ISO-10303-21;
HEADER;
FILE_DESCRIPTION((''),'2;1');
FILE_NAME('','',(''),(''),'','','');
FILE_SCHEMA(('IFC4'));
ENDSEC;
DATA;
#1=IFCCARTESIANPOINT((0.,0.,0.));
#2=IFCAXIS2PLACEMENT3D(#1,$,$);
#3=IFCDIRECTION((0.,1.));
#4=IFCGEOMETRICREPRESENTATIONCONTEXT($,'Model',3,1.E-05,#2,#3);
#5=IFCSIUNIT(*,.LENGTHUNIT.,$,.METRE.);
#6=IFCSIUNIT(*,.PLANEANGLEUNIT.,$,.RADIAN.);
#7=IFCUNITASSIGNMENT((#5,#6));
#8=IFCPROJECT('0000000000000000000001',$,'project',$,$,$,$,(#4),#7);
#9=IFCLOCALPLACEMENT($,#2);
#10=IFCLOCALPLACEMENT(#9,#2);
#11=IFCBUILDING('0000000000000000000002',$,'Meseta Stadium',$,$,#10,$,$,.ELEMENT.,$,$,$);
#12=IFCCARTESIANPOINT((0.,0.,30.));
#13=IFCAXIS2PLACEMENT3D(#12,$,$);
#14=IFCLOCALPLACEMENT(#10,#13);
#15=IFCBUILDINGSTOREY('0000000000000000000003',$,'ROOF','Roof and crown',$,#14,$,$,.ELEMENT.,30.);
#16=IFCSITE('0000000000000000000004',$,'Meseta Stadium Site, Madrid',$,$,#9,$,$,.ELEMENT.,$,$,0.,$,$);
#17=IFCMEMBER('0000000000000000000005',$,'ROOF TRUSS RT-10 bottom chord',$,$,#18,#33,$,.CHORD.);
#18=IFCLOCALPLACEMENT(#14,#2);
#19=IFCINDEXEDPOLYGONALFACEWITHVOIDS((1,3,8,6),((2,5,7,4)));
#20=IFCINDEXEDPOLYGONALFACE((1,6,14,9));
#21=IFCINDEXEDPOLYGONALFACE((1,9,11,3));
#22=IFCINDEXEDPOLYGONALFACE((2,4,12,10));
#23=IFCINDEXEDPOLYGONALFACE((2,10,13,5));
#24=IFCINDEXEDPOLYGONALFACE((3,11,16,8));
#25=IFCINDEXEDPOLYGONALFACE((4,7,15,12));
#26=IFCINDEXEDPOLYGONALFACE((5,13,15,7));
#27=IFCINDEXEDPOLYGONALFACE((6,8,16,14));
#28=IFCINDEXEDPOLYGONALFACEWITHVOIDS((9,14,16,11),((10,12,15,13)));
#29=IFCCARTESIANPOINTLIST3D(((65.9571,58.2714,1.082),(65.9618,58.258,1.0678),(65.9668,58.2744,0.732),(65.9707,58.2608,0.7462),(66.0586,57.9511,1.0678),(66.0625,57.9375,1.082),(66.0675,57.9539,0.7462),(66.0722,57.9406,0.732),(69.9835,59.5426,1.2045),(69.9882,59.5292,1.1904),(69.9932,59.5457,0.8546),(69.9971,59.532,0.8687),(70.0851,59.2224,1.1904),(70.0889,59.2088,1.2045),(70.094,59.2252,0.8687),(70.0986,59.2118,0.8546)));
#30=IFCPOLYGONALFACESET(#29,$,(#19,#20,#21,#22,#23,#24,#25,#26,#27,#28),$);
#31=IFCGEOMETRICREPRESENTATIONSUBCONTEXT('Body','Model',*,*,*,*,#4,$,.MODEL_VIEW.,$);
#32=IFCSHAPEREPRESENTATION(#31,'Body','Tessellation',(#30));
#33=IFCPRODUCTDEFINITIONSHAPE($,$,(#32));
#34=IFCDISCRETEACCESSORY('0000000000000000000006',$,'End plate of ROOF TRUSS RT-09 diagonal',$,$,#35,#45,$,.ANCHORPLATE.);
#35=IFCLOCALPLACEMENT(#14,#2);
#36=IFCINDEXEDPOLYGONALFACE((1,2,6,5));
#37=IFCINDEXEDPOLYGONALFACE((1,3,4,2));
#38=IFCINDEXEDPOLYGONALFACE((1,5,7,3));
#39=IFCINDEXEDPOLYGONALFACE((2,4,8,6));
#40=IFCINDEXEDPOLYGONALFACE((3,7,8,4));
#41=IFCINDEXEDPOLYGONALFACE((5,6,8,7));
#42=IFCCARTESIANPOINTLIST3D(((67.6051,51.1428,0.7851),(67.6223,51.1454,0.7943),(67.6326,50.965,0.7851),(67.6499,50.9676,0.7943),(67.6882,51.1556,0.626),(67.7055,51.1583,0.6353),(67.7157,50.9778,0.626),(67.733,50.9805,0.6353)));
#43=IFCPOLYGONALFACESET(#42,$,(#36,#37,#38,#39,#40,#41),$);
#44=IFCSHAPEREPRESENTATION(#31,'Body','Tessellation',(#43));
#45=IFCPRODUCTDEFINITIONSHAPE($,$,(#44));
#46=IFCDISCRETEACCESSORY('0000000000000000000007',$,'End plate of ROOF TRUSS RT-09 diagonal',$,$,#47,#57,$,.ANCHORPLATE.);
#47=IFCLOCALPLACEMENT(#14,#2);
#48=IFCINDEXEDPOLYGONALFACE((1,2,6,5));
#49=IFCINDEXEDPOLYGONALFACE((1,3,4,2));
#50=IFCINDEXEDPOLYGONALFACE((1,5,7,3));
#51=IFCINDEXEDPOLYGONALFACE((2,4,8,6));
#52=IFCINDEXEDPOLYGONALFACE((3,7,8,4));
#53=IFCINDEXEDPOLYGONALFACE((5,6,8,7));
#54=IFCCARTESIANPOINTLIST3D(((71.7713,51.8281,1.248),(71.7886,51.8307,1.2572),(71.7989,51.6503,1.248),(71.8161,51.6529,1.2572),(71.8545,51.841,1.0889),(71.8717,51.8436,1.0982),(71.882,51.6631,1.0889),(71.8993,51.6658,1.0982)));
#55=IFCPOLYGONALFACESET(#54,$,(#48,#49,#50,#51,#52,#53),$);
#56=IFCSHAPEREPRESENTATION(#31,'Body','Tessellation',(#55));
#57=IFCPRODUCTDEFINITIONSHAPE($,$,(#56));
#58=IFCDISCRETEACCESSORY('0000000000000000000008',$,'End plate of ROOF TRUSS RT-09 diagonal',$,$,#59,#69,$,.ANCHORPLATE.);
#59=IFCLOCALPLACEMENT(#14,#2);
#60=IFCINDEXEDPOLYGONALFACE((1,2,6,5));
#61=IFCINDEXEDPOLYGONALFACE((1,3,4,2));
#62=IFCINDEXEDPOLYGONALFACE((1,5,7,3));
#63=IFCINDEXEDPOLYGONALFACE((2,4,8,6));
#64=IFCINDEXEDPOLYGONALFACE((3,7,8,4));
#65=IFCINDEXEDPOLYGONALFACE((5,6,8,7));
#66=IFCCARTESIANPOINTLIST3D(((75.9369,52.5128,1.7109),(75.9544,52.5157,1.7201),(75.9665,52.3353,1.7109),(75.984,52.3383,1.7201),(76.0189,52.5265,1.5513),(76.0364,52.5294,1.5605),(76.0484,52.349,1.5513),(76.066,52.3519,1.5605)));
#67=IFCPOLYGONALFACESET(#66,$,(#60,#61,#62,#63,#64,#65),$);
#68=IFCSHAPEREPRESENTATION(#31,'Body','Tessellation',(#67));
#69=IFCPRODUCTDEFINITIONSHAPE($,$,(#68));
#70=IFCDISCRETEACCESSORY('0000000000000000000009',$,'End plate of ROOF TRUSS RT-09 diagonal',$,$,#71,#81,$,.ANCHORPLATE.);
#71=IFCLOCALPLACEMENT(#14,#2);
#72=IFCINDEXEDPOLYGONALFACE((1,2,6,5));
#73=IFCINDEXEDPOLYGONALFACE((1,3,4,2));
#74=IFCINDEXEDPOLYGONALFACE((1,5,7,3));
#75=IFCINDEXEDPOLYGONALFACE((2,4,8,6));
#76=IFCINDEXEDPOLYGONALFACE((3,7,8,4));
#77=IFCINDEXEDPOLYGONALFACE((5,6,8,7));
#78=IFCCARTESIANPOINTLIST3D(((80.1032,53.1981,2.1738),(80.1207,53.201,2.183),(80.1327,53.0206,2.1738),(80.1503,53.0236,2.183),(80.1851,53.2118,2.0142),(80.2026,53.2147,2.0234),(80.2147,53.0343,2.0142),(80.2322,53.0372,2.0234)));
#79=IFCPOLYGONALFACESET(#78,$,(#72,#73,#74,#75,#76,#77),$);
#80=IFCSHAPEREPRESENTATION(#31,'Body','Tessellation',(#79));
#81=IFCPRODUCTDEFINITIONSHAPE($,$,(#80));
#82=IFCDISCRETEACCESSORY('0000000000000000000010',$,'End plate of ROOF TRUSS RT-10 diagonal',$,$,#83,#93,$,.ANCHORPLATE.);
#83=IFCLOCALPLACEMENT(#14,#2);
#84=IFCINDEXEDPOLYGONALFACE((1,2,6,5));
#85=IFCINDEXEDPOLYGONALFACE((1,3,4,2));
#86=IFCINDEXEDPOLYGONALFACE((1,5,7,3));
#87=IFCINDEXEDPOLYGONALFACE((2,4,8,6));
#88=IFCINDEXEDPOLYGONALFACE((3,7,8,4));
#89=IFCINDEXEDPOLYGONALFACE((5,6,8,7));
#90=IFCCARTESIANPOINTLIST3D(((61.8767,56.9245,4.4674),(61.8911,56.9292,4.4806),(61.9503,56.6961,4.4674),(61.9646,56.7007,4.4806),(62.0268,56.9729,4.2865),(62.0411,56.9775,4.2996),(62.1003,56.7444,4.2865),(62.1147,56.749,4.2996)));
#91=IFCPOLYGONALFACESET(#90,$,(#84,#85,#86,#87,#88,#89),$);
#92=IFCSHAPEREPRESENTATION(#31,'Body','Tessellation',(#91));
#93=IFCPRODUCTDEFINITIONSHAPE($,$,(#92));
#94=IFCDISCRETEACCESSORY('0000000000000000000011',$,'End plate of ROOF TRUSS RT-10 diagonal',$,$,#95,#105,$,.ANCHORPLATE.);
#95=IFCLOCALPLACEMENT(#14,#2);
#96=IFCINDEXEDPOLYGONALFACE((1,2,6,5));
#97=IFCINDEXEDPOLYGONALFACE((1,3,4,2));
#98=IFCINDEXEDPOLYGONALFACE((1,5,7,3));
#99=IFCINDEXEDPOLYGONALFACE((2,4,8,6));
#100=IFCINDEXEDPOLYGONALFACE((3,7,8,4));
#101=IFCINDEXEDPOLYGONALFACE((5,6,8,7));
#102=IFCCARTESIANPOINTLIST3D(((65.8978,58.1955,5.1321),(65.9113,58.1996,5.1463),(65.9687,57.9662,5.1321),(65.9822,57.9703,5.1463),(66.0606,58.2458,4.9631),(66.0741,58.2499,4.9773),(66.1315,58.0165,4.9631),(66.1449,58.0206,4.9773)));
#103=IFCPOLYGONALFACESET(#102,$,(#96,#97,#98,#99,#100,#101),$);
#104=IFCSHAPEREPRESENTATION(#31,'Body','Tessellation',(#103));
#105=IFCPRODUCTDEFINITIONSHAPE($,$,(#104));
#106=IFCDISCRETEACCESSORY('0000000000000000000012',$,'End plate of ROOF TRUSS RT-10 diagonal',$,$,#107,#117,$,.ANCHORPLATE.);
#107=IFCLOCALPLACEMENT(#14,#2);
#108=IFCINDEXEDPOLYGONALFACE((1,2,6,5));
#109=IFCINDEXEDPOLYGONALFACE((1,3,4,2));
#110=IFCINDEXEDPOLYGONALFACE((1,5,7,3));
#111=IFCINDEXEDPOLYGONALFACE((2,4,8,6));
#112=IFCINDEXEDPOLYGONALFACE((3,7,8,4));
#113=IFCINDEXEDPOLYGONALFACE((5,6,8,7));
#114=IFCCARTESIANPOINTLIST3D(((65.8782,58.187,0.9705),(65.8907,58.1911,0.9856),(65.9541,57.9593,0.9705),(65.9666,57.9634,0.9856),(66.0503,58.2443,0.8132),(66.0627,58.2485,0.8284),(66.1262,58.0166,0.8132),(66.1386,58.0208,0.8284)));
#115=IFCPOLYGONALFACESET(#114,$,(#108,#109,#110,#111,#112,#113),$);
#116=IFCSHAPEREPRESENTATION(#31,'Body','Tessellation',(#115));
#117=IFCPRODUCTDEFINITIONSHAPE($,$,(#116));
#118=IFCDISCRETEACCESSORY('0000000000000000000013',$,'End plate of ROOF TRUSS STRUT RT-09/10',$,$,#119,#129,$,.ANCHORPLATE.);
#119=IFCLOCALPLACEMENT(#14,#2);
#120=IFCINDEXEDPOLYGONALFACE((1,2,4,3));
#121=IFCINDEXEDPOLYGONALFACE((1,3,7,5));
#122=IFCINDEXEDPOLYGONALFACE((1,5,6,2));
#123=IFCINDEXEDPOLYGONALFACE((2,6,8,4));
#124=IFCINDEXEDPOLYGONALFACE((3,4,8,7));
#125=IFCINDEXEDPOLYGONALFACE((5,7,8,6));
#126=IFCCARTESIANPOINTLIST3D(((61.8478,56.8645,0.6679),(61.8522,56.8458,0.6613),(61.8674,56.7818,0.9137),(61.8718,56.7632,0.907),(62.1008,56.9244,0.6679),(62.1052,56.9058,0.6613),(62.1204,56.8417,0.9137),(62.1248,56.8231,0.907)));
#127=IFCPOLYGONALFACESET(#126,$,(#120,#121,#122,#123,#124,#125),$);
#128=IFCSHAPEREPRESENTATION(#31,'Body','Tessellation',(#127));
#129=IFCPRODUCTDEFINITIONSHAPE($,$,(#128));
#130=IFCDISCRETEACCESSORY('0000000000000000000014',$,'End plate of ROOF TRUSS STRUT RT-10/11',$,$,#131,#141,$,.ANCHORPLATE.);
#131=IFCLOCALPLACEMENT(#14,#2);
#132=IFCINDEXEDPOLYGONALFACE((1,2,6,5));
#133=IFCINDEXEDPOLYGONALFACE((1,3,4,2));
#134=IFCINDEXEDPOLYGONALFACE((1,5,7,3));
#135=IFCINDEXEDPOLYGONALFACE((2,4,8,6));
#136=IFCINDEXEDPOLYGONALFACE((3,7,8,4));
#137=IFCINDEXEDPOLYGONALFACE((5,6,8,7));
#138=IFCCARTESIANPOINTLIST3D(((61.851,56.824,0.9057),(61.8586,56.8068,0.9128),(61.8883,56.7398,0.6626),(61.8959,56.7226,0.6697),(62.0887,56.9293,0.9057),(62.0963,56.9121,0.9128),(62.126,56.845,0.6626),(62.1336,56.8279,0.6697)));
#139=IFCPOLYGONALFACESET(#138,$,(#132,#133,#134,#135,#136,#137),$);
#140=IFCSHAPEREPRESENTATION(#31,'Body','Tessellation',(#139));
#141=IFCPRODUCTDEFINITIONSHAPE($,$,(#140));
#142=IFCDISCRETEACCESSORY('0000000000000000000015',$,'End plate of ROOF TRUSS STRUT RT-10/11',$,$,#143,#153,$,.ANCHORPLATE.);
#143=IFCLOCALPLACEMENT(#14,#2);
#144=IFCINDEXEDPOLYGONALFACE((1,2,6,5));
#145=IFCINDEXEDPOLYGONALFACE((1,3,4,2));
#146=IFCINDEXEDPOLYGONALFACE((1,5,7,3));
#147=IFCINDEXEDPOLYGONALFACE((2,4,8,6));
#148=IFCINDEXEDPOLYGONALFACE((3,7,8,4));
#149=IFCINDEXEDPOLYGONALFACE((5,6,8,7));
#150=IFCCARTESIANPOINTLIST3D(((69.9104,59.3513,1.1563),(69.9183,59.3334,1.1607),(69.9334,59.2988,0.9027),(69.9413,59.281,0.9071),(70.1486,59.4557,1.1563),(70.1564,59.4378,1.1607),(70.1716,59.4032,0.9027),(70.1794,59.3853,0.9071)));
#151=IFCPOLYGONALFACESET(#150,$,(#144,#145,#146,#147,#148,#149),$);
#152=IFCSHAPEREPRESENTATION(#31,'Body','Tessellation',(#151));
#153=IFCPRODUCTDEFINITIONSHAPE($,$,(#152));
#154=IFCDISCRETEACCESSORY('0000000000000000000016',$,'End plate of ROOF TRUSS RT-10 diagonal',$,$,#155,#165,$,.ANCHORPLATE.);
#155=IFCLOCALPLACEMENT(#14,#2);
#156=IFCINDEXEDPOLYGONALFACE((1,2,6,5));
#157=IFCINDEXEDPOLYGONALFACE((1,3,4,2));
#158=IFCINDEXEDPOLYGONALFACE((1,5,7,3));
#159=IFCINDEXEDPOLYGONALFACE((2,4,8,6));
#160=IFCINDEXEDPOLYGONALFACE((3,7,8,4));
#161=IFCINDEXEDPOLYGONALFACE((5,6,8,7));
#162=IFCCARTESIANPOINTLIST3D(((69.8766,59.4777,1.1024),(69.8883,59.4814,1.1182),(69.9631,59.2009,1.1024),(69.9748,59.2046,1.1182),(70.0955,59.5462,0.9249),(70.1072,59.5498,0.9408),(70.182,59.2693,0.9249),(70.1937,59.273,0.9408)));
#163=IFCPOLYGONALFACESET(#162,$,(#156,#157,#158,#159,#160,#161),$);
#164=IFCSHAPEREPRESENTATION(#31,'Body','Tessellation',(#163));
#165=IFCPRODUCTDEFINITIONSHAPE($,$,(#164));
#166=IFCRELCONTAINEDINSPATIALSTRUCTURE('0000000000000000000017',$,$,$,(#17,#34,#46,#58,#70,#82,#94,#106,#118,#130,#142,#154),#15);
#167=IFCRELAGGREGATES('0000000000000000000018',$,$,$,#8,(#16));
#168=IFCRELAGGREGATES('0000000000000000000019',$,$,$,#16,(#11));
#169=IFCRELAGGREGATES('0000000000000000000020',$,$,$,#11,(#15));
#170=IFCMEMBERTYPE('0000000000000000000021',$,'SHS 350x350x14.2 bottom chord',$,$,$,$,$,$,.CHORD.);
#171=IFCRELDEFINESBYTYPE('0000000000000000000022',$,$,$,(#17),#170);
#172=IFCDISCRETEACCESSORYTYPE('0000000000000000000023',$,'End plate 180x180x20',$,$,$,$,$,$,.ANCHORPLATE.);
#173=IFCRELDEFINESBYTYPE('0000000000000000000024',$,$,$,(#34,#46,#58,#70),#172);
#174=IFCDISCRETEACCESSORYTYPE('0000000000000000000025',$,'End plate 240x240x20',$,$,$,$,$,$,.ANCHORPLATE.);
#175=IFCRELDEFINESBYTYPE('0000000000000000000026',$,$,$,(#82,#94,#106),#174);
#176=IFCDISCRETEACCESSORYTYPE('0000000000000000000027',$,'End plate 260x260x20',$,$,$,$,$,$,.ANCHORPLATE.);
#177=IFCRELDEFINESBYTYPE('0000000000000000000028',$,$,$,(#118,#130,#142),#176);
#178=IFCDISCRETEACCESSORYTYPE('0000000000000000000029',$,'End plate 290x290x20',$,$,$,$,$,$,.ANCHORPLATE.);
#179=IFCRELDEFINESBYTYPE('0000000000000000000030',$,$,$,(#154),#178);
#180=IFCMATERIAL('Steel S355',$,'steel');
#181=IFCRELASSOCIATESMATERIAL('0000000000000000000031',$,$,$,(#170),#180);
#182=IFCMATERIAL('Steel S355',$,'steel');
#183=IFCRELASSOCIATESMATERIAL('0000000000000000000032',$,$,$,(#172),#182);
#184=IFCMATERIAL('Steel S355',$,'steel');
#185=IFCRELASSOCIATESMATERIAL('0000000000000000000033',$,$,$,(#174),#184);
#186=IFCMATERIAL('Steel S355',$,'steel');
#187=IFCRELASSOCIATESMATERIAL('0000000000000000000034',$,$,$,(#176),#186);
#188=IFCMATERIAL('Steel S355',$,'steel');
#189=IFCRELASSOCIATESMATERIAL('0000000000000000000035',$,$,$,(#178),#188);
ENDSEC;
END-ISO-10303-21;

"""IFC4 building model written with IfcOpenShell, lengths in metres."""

from ifc_helpers import new_model, si_unit, direction, frame, origin, origin_2d, place, context, subcontext, project, spatial, rectangle, hollow_rectangle, extrude, material, material_profile, profile_set, type_object, element, save


model = new_model("IFC4")

# Units and contexts
model_context = context("Model", 3, precision=1e-05, world=origin(), true_north=direction((0.0, 1.0)))
body_context = subcontext(model_context, "Body", "Model", "MODEL_VIEW")
ifc_project = project(units=[si_unit("LENGTHUNIT", "METRE"), si_unit("PLANEANGLEUNIT", "RADIAN")], contexts=[model_context])

# Site, building, storey
site_placement = place(None, origin())
site = spatial("IfcSite", under=ifc_project, at=site_placement, Name="Meseta Stadium Site, Madrid", CompositionType="ELEMENT", RefElevation=0.0)
building_placement = place(site_placement, origin())
building = spatial("IfcBuilding", under=site, at=building_placement, Name="Meseta Stadium", CompositionType="ELEMENT")
storey_placement = place(building_placement, frame((0.0, 0.0, 30.0)))
storey = spatial("IfcBuildingStorey", under=building, at=storey_placement, Name="ROOF", Description="Roof and crown", CompositionType="ELEMENT", Elevation=30.0)

# Member
ifc_material_1 = material(Name="Steel S355", Category="steel")
ifc_material_profile_1 = material_profile(ifc_material_1, hollow_rectangle(XDim=0.3501, YDim=0.3501, WallThickness=0.0142, at=origin_2d()), Name="SHS 350x350x14.2")
ifc_profile_set_1 = profile_set([ifc_material_profile_1], Name="Steel S355")
member_type_1 = type_object("IfcMemberType", Name="SHS 350x350x14.2 bottom chord", PredefinedType="CHORD", material=ifc_profile_set_1)
member_1_placement = place(storey_placement, frame((66.0146, 58.106, 0.907), z_axis=(0.953198, 0.300952, 0.029014), x_axis=(-0.301079, 0.953599, 0.0)))
element("IfcMember", 1, at=member_1_placement, inside=storey, type_object=member_type_1, Name="ROOF TRUSS RT-10 bottom chord", PredefinedType="CHORD", context=body_context, shape_type="SweptSolid", body=[
    extrude(hollow_rectangle(XDim=0.3501, YDim=0.3501, WallThickness=0.0142, at=origin_2d()), origin(), (0.0, 0.0, 1.0), 4.2241),
])

# Discrete accessories
ifc_material_2 = material(Name="Steel S355", Category="steel")
ifc_material_profile_2 = material_profile(ifc_material_2, rectangle(XDim=0.1799, YDim=0.1799, at=origin_2d()), Name="PL 180x180")
ifc_profile_set_2 = profile_set([ifc_material_profile_2], Name="Steel S355")
discrete_accessory_type_1 = type_object("IfcDiscreteAccessoryType", Name="End plate 180x180x20", PredefinedType="ANCHORPLATE", material=ifc_profile_set_2)
for number, where, z_axis, x_axis, name in (
    (2, (67.6604, 51.0603, 0.7056), (0.873553, 0.135339, 0.467535), (-0.153103, 0.98821, 0.0), "End plate of ROOF TRUSS RT-09 diagonal"),
    (3, (71.8267, 51.7456, 1.1685), (0.873553, 0.135339, 0.467535), (-0.153103, 0.98821, 0.0), "End plate of ROOF TRUSS RT-09 diagonal"),
):
    element("IfcDiscreteAccessory", number, at=place(storey_placement, frame(where, z_axis=z_axis, x_axis=x_axis)), inside=storey, type_object=discrete_accessory_type_1, Name=name, PredefinedType="ANCHORPLATE", context=body_context, shape_type="SweptSolid", body=[
        extrude(rectangle(XDim=0.1799, YDim=0.1799, at=origin_2d()), origin(), (0.0, 0.0, 1.0), 0.0198),
    ])
for number, where, z_axis, x_axis, name in (
    (4, (75.9927, 52.4309, 1.6311), (0.874931, 0.145822, 0.461769), (-0.164399, 0.986394, 0.0), "End plate of ROOF TRUSS RT-09 diagonal"),
    (5, (80.1589, 53.1162, 2.094), (0.874931, 0.145822, 0.461769), (-0.164399, 0.986394, 0.0), "End plate of ROOF TRUSS RT-09 diagonal"),
):
    element("IfcDiscreteAccessory", number, at=place(storey_placement, frame(where, z_axis=z_axis, x_axis=x_axis)), inside=storey, type_object=discrete_accessory_type_1, Name=name, PredefinedType="ANCHORPLATE", context=body_context, shape_type="SweptSolid", body=[
        extrude(rectangle(XDim=0.1799, YDim=0.1799, at=origin_2d()), origin(), (0.0, 0.0, 1.0), 0.02),
    ])
ifc_material_3 = material(Name="Steel S355", Category="steel")
ifc_material_profile_3 = material_profile(ifc_material_3, rectangle(XDim=0.24, YDim=0.24, at=origin_2d()), Name="PL 240x240")
ifc_profile_set_3 = profile_set([ifc_material_profile_3], Name="Steel S355")
discrete_accessory_type_2 = type_object("IfcDiscreteAccessoryType", Name="End plate 240x240x20", PredefinedType="ANCHORPLATE", material=ifc_profile_set_3)
for number, where, z_axis, x_axis, name in (
    (6, (61.9885, 56.8345, 4.377), (0.7177, 0.231124, 0.656878), (-0.306531, 0.951861, 0.0), "End plate of ROOF TRUSS RT-10 diagonal"),
    (7, (66.0146, 58.106, 5.0476), (0.673038, 0.20803, 0.709749), (-0.295306, 0.955403, 0.0), "End plate of ROOF TRUSS RT-10 diagonal"),
    (8, (66.0022, 58.1018, 0.8918), (0.621489, 0.207163, 0.755536), (-0.316228, 0.948683, 0.0), "End plate of ROOF TRUSS RT-10 diagonal"),
):
    element("IfcDiscreteAccessory", number, at=place(storey_placement, frame(where, z_axis=z_axis, x_axis=x_axis)), inside=storey, type_object=discrete_accessory_type_2, Name=name, PredefinedType="ANCHORPLATE", context=body_context, shape_type="SweptSolid", body=[
        extrude(rectangle(XDim=0.24, YDim=0.24, at=origin_2d()), origin(), (0.0, 0.0, 1.0), 0.02),
    ])
ifc_material_4 = material(Name="Steel S355", Category="steel")
ifc_material_profile_4 = material_profile(ifc_material_4, rectangle(XDim=0.26, YDim=0.26, at=origin_2d()), Name="PL 260x260")
ifc_profile_set_4 = profile_set([ifc_material_profile_4], Name="Steel S355")
discrete_accessory_type_3 = type_object("IfcDiscreteAccessoryType", Name="End plate 260x260x20", PredefinedType="ANCHORPLATE", material=ifc_profile_set_4)
discrete_accessory_1_placement = place(storey_placement, frame((61.9885, 56.8345, 0.7842), z_axis=(-0.217818, 0.919676, 0.326727), x_axis=(-0.97308, -0.230466, 0.0)))
element("IfcDiscreteAccessory", 9, at=discrete_accessory_1_placement, inside=storey, type_object=discrete_accessory_type_3, Name="End plate of ROOF TRUSS STRUT RT-09/10", PredefinedType="ANCHORPLATE", context=body_context, shape_type="SweptSolid", body=[
    extrude(rectangle(XDim=0.26, YDim=0.26, at=origin_2d()), origin(), (0.0, 0.0, 1.0), 0.0203),
])
for number, where, z_axis, x_axis, name in (
    (10, (61.9961, 56.8174, 0.7913), (-0.378669, 0.855058, -0.354239), (-0.914349, -0.404926, 0.0), "End plate of ROOF TRUSS STRUT RT-10/11"),
    (11, (70.0488, 59.3594, 1.0339), (-0.391615, 0.893372, -0.220283), (-0.915869, -0.401477, 0.0), "End plate of ROOF TRUSS STRUT RT-10/11"),
):
    element("IfcDiscreteAccessory", number, at=place(storey_placement, frame(where, z_axis=z_axis, x_axis=x_axis)), inside=storey, type_object=discrete_accessory_type_3, Name=name, PredefinedType="ANCHORPLATE", context=body_context, shape_type="SweptSolid", body=[
        extrude(rectangle(XDim=0.26, YDim=0.26, at=origin_2d()), origin(), (0.0, 0.0, 1.0), 0.02),
    ])
ifc_material_5 = material(Name="Steel S355", Category="steel")
ifc_material_profile_5 = material_profile(ifc_material_5, rectangle(XDim=0.29, YDim=0.29, at=origin_2d()), Name="PL 290x290")
ifc_profile_set_5 = profile_set([ifc_material_profile_5], Name="Steel S355")
discrete_accessory_type_4 = type_object("IfcDiscreteAccessoryType", Name="End plate 290x290x20", PredefinedType="ANCHORPLATE", material=ifc_profile_set_5)
discrete_accessory_2_placement = place(storey_placement, frame((70.0293, 59.3735, 1.0137), z_axis=(0.584064, 0.18252, 0.79092), x_axis=(-0.298275, 0.95448, 0.0)))
element("IfcDiscreteAccessory", 12, at=discrete_accessory_2_placement, inside=storey, type_object=discrete_accessory_type_4, Name="End plate of ROOF TRUSS RT-10 diagonal", PredefinedType="ANCHORPLATE", context=body_context, shape_type="SweptSolid", body=[
    extrude(rectangle(XDim=0.29, YDim=0.29, at=origin_2d()), origin(), (0.0, 0.0, 1.0), 0.02),
])

save(model, "model.ifc")
